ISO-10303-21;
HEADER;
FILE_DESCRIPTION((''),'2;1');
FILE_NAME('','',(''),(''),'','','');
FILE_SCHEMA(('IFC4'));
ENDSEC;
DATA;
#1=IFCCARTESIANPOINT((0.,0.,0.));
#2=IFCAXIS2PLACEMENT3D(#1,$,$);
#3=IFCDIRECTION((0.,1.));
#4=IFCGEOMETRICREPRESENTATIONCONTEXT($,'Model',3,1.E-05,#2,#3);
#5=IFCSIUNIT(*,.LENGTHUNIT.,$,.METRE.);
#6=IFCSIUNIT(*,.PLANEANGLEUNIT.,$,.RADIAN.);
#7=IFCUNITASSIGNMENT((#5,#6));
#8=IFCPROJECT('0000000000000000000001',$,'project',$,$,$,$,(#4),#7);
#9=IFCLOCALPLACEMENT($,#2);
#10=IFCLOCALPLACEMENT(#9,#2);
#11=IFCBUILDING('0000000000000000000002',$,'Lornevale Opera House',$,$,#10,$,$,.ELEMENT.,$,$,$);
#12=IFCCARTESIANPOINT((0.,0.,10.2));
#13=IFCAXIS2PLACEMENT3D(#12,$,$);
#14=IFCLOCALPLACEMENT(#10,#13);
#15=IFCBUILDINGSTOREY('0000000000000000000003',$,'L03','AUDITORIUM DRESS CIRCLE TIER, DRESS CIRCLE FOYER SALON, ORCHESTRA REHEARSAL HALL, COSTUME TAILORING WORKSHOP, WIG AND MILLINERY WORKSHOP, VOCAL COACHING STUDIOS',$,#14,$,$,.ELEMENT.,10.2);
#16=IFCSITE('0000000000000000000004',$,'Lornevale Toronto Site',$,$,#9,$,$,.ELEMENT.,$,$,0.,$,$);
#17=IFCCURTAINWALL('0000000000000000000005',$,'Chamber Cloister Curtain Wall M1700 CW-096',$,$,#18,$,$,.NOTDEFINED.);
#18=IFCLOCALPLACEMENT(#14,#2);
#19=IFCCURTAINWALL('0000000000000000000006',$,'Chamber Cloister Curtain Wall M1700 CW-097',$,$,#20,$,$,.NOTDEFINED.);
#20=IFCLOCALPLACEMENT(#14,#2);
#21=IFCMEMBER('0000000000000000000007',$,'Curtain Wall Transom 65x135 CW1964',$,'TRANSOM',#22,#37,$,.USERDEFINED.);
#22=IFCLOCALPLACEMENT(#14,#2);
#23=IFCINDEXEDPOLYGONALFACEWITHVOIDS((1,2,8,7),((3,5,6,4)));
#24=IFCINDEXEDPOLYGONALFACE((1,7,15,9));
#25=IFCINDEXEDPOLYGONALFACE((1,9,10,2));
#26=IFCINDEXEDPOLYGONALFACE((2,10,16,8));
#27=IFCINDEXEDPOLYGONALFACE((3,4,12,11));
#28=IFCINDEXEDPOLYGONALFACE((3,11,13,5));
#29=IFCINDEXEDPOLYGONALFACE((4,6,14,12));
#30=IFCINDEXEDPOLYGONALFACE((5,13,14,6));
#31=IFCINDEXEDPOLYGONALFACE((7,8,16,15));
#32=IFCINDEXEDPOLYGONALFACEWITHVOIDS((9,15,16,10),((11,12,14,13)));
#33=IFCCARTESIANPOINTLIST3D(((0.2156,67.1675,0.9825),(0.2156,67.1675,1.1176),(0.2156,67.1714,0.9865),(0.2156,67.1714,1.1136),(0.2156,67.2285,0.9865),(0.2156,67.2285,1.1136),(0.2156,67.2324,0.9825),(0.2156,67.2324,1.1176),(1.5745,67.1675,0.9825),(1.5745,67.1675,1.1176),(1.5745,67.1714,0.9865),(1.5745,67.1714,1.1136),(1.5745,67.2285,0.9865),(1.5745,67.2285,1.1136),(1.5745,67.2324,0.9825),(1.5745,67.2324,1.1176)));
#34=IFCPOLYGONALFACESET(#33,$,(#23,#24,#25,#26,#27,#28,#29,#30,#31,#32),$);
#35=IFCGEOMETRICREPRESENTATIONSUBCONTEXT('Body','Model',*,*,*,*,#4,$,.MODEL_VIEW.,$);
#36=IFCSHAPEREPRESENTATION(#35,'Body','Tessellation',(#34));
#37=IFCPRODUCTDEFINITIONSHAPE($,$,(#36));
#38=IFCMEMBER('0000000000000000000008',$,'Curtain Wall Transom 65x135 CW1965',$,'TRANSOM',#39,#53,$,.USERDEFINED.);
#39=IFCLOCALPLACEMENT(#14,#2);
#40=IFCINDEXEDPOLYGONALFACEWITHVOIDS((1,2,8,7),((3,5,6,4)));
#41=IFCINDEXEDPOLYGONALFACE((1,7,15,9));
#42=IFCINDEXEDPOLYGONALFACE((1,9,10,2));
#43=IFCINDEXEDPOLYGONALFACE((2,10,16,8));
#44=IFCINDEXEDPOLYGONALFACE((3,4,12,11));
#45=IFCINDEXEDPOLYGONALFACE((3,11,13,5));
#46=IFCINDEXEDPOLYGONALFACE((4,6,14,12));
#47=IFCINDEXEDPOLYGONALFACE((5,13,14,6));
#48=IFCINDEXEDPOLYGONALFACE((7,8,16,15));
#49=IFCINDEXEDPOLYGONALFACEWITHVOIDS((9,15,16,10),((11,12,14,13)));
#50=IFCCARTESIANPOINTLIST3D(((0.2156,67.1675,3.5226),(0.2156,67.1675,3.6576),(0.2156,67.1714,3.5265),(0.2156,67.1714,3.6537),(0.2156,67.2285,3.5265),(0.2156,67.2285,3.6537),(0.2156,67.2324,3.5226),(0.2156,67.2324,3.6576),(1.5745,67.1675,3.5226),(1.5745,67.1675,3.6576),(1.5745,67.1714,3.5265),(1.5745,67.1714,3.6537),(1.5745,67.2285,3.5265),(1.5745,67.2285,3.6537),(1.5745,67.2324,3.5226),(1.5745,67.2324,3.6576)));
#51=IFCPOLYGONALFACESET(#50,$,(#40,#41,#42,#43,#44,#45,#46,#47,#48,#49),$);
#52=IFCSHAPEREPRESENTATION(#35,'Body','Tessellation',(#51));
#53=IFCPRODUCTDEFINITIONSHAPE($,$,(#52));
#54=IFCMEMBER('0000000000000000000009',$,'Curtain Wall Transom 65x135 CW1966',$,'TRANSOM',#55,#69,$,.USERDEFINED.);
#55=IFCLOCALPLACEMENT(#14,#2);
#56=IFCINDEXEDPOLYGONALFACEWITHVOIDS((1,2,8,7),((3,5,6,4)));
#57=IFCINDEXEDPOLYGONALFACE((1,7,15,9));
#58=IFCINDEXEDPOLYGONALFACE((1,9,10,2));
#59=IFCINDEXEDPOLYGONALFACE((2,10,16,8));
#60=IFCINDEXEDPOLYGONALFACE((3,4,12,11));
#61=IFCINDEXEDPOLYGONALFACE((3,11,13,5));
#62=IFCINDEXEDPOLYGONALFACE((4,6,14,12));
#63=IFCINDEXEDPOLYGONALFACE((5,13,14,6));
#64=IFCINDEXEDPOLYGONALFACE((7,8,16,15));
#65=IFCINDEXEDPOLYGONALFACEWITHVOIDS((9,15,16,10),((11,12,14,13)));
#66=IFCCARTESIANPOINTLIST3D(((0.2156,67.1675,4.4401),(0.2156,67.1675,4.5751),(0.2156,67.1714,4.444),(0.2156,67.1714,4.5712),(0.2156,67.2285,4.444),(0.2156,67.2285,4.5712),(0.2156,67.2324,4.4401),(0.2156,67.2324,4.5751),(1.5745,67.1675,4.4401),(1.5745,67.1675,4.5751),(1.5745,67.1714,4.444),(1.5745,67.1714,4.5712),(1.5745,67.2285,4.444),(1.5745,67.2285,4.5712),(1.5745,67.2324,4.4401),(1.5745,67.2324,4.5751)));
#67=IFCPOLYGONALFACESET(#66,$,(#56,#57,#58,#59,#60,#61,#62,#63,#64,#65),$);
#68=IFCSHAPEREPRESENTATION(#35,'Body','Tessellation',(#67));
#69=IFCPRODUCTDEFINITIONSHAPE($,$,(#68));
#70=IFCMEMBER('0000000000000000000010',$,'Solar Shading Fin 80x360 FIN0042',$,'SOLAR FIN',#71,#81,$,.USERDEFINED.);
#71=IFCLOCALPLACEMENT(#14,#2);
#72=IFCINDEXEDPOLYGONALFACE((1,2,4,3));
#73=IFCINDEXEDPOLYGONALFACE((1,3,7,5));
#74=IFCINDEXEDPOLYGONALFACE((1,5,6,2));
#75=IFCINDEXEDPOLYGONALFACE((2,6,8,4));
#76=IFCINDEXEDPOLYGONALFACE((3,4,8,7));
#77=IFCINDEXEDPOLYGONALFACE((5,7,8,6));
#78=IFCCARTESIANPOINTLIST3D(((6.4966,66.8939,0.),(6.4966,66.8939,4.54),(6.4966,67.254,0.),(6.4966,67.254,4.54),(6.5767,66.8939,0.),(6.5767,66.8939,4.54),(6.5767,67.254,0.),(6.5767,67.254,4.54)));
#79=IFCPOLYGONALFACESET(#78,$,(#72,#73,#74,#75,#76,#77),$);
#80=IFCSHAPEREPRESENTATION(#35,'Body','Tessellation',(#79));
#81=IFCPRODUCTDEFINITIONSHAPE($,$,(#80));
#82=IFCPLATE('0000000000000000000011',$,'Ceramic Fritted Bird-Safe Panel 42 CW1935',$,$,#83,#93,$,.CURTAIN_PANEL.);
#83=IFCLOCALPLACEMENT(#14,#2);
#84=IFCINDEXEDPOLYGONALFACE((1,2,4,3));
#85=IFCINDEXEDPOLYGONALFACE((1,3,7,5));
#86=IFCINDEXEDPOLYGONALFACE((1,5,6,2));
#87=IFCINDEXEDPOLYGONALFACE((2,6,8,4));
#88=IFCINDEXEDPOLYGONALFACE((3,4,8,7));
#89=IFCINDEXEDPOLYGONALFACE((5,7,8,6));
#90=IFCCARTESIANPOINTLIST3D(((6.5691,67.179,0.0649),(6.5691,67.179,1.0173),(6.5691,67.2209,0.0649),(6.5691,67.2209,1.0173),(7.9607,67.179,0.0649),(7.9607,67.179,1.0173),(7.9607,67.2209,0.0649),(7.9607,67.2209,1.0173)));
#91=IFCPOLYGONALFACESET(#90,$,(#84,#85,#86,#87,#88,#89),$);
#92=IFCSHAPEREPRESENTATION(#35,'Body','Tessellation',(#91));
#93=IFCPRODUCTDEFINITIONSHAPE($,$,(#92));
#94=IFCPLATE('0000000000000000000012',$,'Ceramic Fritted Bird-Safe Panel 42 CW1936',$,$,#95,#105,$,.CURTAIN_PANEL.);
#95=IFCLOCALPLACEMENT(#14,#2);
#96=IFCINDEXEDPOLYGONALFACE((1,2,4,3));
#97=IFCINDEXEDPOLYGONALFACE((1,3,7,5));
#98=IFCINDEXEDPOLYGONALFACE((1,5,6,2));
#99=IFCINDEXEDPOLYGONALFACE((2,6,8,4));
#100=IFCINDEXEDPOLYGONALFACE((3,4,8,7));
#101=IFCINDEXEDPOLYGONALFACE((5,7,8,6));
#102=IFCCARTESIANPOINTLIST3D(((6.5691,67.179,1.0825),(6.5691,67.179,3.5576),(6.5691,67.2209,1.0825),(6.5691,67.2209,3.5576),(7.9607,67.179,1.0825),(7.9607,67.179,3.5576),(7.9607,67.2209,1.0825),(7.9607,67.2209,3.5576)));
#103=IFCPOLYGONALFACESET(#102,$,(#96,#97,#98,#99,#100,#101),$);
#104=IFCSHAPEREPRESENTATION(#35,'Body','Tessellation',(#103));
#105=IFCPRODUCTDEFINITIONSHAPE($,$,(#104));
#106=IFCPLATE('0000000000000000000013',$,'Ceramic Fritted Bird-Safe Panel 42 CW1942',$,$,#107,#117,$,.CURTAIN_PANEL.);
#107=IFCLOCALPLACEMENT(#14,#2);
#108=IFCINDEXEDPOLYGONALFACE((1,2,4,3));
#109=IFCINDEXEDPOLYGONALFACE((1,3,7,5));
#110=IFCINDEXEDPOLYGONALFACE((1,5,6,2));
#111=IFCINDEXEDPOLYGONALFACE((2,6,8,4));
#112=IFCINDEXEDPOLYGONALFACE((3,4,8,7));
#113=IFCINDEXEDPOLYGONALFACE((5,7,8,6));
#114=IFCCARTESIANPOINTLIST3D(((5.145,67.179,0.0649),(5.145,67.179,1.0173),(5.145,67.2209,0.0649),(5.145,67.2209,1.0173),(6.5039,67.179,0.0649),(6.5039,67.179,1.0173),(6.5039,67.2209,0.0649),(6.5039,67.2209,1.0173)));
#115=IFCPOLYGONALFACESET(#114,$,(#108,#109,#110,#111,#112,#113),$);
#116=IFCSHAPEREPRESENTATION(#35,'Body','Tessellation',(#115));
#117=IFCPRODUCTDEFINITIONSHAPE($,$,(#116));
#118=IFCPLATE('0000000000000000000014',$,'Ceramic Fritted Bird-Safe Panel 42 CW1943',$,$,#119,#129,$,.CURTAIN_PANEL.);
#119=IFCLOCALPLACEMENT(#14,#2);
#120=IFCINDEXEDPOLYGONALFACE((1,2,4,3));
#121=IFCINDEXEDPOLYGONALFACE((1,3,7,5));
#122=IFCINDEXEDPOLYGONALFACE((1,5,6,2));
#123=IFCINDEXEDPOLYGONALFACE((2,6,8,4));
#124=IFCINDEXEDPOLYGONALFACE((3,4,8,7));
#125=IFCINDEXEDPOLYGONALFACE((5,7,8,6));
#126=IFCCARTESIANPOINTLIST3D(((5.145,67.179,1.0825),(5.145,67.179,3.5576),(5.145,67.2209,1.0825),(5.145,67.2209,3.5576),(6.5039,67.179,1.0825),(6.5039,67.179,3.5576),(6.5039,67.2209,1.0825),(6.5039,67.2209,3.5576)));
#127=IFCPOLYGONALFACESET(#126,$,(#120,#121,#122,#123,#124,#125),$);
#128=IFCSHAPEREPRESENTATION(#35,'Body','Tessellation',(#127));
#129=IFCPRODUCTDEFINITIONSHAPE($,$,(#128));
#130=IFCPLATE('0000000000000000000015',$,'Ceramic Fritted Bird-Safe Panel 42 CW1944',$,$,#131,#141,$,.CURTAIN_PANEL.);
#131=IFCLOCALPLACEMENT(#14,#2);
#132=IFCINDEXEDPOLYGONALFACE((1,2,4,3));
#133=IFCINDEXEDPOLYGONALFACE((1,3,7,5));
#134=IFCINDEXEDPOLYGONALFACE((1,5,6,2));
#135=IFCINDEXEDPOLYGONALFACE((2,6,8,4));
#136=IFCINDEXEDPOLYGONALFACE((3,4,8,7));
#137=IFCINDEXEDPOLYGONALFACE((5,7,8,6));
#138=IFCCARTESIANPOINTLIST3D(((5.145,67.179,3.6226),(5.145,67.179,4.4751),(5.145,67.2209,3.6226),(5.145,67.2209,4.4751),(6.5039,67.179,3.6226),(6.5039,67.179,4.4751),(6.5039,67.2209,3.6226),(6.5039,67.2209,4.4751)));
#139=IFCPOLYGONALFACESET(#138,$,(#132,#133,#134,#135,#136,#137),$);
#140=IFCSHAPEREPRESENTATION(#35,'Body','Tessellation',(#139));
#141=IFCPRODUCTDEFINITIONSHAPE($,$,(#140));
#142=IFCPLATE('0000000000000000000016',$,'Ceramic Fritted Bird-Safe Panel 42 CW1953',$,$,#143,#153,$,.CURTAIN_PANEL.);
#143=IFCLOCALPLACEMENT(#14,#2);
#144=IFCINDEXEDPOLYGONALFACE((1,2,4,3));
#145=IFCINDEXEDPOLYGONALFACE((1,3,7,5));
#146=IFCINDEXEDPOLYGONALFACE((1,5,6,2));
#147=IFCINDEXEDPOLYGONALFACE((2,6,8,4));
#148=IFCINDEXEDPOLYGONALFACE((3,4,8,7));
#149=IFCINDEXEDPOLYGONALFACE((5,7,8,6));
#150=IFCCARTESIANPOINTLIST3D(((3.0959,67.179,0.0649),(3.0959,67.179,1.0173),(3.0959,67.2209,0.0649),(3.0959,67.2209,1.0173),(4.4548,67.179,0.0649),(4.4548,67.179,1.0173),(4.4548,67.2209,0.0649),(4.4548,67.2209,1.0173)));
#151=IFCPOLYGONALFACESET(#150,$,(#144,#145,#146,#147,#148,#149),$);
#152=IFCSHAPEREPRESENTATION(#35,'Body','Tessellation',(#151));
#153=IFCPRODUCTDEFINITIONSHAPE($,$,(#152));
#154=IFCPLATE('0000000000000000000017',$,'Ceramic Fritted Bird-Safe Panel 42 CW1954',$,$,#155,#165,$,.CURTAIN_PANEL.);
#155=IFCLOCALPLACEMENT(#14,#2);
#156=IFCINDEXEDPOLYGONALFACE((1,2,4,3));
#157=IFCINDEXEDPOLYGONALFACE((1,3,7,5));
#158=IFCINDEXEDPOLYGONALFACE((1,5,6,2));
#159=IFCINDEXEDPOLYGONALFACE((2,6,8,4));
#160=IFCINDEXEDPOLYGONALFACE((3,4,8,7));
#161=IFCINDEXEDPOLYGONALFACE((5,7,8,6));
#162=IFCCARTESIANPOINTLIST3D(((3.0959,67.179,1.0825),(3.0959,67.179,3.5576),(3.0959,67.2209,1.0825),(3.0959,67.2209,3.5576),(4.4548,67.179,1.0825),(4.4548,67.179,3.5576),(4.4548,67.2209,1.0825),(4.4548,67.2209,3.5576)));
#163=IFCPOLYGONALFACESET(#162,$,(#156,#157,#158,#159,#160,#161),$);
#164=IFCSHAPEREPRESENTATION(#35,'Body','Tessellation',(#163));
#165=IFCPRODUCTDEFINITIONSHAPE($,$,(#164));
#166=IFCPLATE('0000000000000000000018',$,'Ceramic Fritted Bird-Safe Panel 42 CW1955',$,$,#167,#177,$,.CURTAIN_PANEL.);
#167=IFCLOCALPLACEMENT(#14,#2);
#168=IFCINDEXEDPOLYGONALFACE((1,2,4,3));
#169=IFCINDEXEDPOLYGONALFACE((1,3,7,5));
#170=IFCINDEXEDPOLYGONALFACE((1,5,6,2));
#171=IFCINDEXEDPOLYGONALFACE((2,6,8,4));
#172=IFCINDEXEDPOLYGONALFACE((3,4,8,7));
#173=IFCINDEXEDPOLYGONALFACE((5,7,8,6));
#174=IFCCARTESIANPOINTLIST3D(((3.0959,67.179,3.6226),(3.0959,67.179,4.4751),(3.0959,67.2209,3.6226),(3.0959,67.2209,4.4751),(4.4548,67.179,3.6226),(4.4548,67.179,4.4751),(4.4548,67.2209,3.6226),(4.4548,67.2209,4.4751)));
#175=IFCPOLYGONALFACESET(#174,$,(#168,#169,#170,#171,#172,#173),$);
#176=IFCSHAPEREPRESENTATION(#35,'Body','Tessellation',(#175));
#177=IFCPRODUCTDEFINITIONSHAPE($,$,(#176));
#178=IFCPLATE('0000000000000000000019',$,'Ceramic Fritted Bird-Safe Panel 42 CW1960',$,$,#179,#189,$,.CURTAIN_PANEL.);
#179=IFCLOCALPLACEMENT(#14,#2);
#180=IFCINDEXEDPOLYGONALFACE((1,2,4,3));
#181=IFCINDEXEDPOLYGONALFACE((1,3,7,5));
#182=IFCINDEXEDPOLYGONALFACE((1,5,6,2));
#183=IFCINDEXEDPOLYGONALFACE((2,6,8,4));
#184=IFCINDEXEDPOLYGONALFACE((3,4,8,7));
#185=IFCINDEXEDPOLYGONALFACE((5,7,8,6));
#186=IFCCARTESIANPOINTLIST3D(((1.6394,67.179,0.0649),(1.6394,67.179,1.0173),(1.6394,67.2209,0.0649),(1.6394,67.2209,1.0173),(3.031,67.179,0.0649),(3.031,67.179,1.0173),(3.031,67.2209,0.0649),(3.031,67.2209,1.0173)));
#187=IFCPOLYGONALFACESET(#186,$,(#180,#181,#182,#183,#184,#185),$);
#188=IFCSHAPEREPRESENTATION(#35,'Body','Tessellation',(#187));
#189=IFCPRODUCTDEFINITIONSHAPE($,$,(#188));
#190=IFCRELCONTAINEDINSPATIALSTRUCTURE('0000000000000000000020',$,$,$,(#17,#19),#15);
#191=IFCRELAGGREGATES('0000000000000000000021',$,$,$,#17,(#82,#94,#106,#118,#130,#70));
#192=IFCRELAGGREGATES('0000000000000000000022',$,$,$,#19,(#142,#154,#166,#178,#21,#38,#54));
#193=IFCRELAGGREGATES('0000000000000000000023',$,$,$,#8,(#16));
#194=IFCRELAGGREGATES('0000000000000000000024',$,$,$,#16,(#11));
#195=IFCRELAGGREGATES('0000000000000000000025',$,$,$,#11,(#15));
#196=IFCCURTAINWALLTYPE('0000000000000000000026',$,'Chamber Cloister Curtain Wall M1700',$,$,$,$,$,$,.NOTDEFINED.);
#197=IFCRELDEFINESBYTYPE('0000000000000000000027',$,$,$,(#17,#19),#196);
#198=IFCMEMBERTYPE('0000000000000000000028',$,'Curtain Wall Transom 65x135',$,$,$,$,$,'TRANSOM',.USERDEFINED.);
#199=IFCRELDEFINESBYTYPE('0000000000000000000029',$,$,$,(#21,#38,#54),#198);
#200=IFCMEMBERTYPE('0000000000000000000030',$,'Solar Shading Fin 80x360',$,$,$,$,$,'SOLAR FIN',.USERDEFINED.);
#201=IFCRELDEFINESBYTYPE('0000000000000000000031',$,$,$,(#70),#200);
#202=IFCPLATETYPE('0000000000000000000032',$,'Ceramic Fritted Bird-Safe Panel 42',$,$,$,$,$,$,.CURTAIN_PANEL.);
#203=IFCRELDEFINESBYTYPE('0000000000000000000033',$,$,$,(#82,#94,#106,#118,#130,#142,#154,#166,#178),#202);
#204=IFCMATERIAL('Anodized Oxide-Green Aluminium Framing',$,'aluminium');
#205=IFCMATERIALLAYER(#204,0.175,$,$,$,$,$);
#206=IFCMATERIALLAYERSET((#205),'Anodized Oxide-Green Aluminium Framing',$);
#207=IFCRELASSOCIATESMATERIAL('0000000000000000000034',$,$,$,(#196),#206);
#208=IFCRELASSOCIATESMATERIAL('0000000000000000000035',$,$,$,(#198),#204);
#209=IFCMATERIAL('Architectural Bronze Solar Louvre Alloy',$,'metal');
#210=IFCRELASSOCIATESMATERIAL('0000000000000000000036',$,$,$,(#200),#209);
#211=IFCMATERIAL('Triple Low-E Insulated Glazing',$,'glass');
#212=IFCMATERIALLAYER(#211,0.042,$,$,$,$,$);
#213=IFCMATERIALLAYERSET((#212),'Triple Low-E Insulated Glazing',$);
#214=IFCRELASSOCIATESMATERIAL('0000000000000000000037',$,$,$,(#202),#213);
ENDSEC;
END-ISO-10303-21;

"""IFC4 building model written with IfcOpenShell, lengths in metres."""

from ifc_helpers import new_model, si_unit, direction, frame, origin, origin_2d, place, context, subcontext, project, spatial, rectangle, hollow_rectangle, extrude, material, layer, layer_set, material_profile, profile_set, type_object, element, aggregate, save


model = new_model("IFC4")

# Units and contexts
model_context = context("Model", 3, precision=1e-05, world=origin(), true_north=direction((0.0, 1.0)))
body_context = subcontext(model_context, "Body", "Model", "MODEL_VIEW")
ifc_project = project(units=[si_unit("LENGTHUNIT", "METRE"), si_unit("PLANEANGLEUNIT", "RADIAN")], contexts=[model_context])

# Site, building, storey
site_placement = place(None, origin())
site = spatial("IfcSite", under=ifc_project, at=site_placement, Name="Lornevale Toronto Site", CompositionType="ELEMENT", RefElevation=0.0)
building_placement = place(site_placement, origin())
building = spatial("IfcBuilding", under=site, at=building_placement, Name="Lornevale Opera House", CompositionType="ELEMENT")
storey_placement = place(building_placement, frame((0.0, 0.0, 10.2)))
storey = spatial("IfcBuildingStorey", under=building, at=storey_placement, Name="L03", Description="AUDITORIUM DRESS CIRCLE TIER, DRESS CIRCLE FOYER SALON, ORCHESTRA REHEARSAL HALL, COSTUME TAILORING WORKSHOP, WIG AND MILLINERY WORKSHOP, VOCAL COACHING STUDIOS", CompositionType="ELEMENT", Elevation=10.2)

# Curtain walls
ifc_material_1 = material(Name="Anodized Oxide-Green Aluminium Framing", Category="aluminium")
ifc_layer_1 = layer(ifc_material_1, 0.175)
ifc_layer_set_1 = layer_set([ifc_layer_1], Name="Anodized Oxide-Green Aluminium Framing")
curtain_wall_type = type_object("IfcCurtainWallType", Name="Chamber Cloister Curtain Wall M1700", PredefinedType="NOTDEFINED", material=ifc_layer_set_1)
curtain_wall_1_placement = place(storey_placement, origin())
curtain_wall_1 = element("IfcCurtainWall", 1, at=curtain_wall_1_placement, inside=storey, type_object=curtain_wall_type, Name="Chamber Cloister Curtain Wall M1700 CW-096", PredefinedType="NOTDEFINED")
curtain_wall_2_placement = place(storey_placement, origin())
curtain_wall_2 = element("IfcCurtainWall", 2, at=curtain_wall_2_placement, inside=storey, type_object=curtain_wall_type, Name="Chamber Cloister Curtain Wall M1700 CW-097", PredefinedType="NOTDEFINED")

# Members
ifc_material_profile_1 = material_profile(ifc_material_1, hollow_rectangle(XDim=0.0649, YDim=0.135, WallThickness=0.0039, at=origin_2d()), Name="ALU65x135x4")
ifc_profile_set_1 = profile_set([ifc_material_profile_1], Name="Anodized Oxide-Green Aluminium Framing")
member_type_1 = type_object("IfcMemberType", Name="Curtain Wall Transom 65x135", ElementType="TRANSOM", PredefinedType="USERDEFINED", material=ifc_profile_set_1)
member_1_placement = place(storey_placement, frame((1.5745, 67.2, 1.05), z_axis=(-1.0, 0.0, 0.0), x_axis=(0.0, -1.0, 0.0)))
member_1 = element("IfcMember", 3, at=member_1_placement, type_object=member_type_1, Name="Curtain Wall Transom 65x135 CW1964", ObjectType="TRANSOM", PredefinedType="USERDEFINED", context=body_context, shape_type="SweptSolid", body=[
    extrude(hollow_rectangle(XDim=0.0649, YDim=0.135, WallThickness=0.0039, at=origin_2d()), origin(), (0.0, 0.0, 1.0), 1.3589),
])
member_2_placement = place(storey_placement, frame((1.5745, 67.2, 3.5901), z_axis=(-1.0, 0.0, 0.0), x_axis=(0.0, -1.0, 0.0)))
member_2 = element("IfcMember", 4, at=member_2_placement, type_object=member_type_1, Name="Curtain Wall Transom 65x135 CW1965", ObjectType="TRANSOM", PredefinedType="USERDEFINED", context=body_context, shape_type="SweptSolid", body=[
    extrude(hollow_rectangle(XDim=0.0649, YDim=0.135, WallThickness=0.0039, at=origin_2d()), origin(), (0.0, 0.0, 1.0), 1.3589),
])
member_3_placement = place(storey_placement, frame((1.5745, 67.2, 4.5076), z_axis=(-1.0, 0.0, 0.0), x_axis=(0.0, -1.0, 0.0)))
member_3 = element("IfcMember", 5, at=member_3_placement, type_object=member_type_1, Name="Curtain Wall Transom 65x135 CW1966", ObjectType="TRANSOM", PredefinedType="USERDEFINED", context=body_context, shape_type="SweptSolid", body=[
    extrude(hollow_rectangle(XDim=0.0649, YDim=0.135, WallThickness=0.0039, at=origin_2d()), origin(), (0.0, 0.0, 1.0), 1.3589),
])
ifc_material_2 = material(Name="Architectural Bronze Solar Louvre Alloy", Category="metal")
ifc_material_profile_2 = material_profile(ifc_material_2, rectangle(XDim=0.0801, YDim=0.3601, at=origin_2d()), Name="FIN80x360")
ifc_profile_set_2 = profile_set([ifc_material_profile_2], Name="Architectural Bronze Solar Louvre Alloy")
member_type_2 = type_object("IfcMemberType", Name="Solar Shading Fin 80x360", ElementType="SOLAR FIN", PredefinedType="USERDEFINED", material=ifc_profile_set_2)
member_4_placement = place(storey_placement, frame((6.5366, 67.074, 0.0), z_axis=(0.0, 0.0, 1.0), x_axis=(-1.0, 0.0, 0.0)))
member_4 = element("IfcMember", 6, at=member_4_placement, type_object=member_type_2, Name="Solar Shading Fin 80x360 FIN0042", ObjectType="SOLAR FIN", PredefinedType="USERDEFINED", context=body_context, shape_type="SweptSolid", body=[
    extrude(rectangle(XDim=0.0801, YDim=0.3601, at=origin_2d()), origin(), (0.0, 0.0, 1.0), 4.54),
])

# Plates
ifc_material_3 = material(Name="Triple Low-E Insulated Glazing", Category="glass")
ifc_layer_2 = layer(ifc_material_3, 0.042)
ifc_layer_set_2 = layer_set([ifc_layer_2], Name="Triple Low-E Insulated Glazing")
plate_type = type_object("IfcPlateType", Name="Ceramic Fritted Bird-Safe Panel 42", PredefinedType="CURTAIN_PANEL", material=ifc_layer_set_2)
plate_1_placement = place(storey_placement, frame((7.2649, 67.2, 0.0649), z_axis=(0.0, 0.0, 1.0), x_axis=(-1.0, 0.0, 0.0)))
plate_1 = element("IfcPlate", 7, at=plate_1_placement, type_object=plate_type, Name="Ceramic Fritted Bird-Safe Panel 42 CW1935", PredefinedType="CURTAIN_PANEL", context=body_context, shape_type="SweptSolid", body=[
    extrude(rectangle(XDim=1.3916, YDim=0.042, at=origin_2d()), origin(), (0.0, 0.0, 1.0), 0.9524),
])
plate_2_placement = place(storey_placement, frame((7.2649, 67.2, 1.0825), z_axis=(0.0, 0.0, 1.0), x_axis=(-1.0, 0.0, 0.0)))
plate_2 = element("IfcPlate", 8, at=plate_2_placement, type_object=plate_type, Name="Ceramic Fritted Bird-Safe Panel 42 CW1936", PredefinedType="CURTAIN_PANEL", context=body_context, shape_type="SweptSolid", body=[
    extrude(rectangle(XDim=1.3916, YDim=0.042, at=origin_2d()), origin(), (0.0, 0.0, 1.0), 2.4751),
])
plate_3_placement = place(storey_placement, frame((5.8245, 67.2, 0.0649), z_axis=(0.0, 0.0, 1.0), x_axis=(-1.0, 0.0, 0.0)))
plate_3 = element("IfcPlate", 9, at=plate_3_placement, type_object=plate_type, Name="Ceramic Fritted Bird-Safe Panel 42 CW1942", PredefinedType="CURTAIN_PANEL", context=body_context, shape_type="SweptSolid", body=[
    extrude(rectangle(XDim=1.3589, YDim=0.042, at=origin_2d()), origin(), (0.0, 0.0, 1.0), 0.9524),
])
plate_4_placement = place(storey_placement, frame((5.8245, 67.2, 1.0825), z_axis=(0.0, 0.0, 1.0), x_axis=(-1.0, 0.0, 0.0)))
plate_4 = element("IfcPlate", 10, at=plate_4_placement, type_object=plate_type, Name="Ceramic Fritted Bird-Safe Panel 42 CW1943", PredefinedType="CURTAIN_PANEL", context=body_context, shape_type="SweptSolid", body=[
    extrude(rectangle(XDim=1.3589, YDim=0.042, at=origin_2d()), origin(), (0.0, 0.0, 1.0), 2.4751),
])
plate_5_placement = place(storey_placement, frame((5.8245, 67.2, 3.6226), z_axis=(0.0, 0.0, 1.0), x_axis=(-1.0, 0.0, 0.0)))
plate_5 = element("IfcPlate", 11, at=plate_5_placement, type_object=plate_type, Name="Ceramic Fritted Bird-Safe Panel 42 CW1944", PredefinedType="CURTAIN_PANEL", context=body_context, shape_type="SweptSolid", body=[
    extrude(rectangle(XDim=1.3589, YDim=0.042, at=origin_2d()), origin(), (0.0, 0.0, 1.0), 0.8525),
])
aggregate(curtain_wall_1, [plate_1, plate_2, plate_3, plate_4, plate_5, member_4])
plate_6_placement = place(storey_placement, frame((3.7754, 67.2, 0.0649), z_axis=(0.0, 0.0, 1.0), x_axis=(-1.0, 0.0, 0.0)))
plate_6 = element("IfcPlate", 12, at=plate_6_placement, type_object=plate_type, Name="Ceramic Fritted Bird-Safe Panel 42 CW1953", PredefinedType="CURTAIN_PANEL", context=body_context, shape_type="SweptSolid", body=[
    extrude(rectangle(XDim=1.3589, YDim=0.042, at=origin_2d()), origin(), (0.0, 0.0, 1.0), 0.9524),
])
plate_7_placement = place(storey_placement, frame((3.7754, 67.2, 1.0825), z_axis=(0.0, 0.0, 1.0), x_axis=(-1.0, 0.0, 0.0)))
plate_7 = element("IfcPlate", 13, at=plate_7_placement, type_object=plate_type, Name="Ceramic Fritted Bird-Safe Panel 42 CW1954", PredefinedType="CURTAIN_PANEL", context=body_context, shape_type="SweptSolid", body=[
    extrude(rectangle(XDim=1.3589, YDim=0.042, at=origin_2d()), origin(), (0.0, 0.0, 1.0), 2.4751),
])
plate_8_placement = place(storey_placement, frame((3.7754, 67.2, 3.6226), z_axis=(0.0, 0.0, 1.0), x_axis=(-1.0, 0.0, 0.0)))
plate_8 = element("IfcPlate", 14, at=plate_8_placement, type_object=plate_type, Name="Ceramic Fritted Bird-Safe Panel 42 CW1955", PredefinedType="CURTAIN_PANEL", context=body_context, shape_type="SweptSolid", body=[
    extrude(rectangle(XDim=1.3589, YDim=0.042, at=origin_2d()), origin(), (0.0, 0.0, 1.0), 0.8525),
])
plate_9_placement = place(storey_placement, frame((2.3352, 67.2, 0.0649), z_axis=(0.0, 0.0, 1.0), x_axis=(-1.0, 0.0, 0.0)))
plate_9 = element("IfcPlate", 15, at=plate_9_placement, type_object=plate_type, Name="Ceramic Fritted Bird-Safe Panel 42 CW1960", PredefinedType="CURTAIN_PANEL", context=body_context, shape_type="SweptSolid", body=[
    extrude(rectangle(XDim=1.3916, YDim=0.042, at=origin_2d()), origin(), (0.0, 0.0, 1.0), 0.9524),
])
aggregate(curtain_wall_2, [plate_6, plate_7, plate_8, plate_9, member_1, member_2, member_3])

save(model, "model.ifc")
